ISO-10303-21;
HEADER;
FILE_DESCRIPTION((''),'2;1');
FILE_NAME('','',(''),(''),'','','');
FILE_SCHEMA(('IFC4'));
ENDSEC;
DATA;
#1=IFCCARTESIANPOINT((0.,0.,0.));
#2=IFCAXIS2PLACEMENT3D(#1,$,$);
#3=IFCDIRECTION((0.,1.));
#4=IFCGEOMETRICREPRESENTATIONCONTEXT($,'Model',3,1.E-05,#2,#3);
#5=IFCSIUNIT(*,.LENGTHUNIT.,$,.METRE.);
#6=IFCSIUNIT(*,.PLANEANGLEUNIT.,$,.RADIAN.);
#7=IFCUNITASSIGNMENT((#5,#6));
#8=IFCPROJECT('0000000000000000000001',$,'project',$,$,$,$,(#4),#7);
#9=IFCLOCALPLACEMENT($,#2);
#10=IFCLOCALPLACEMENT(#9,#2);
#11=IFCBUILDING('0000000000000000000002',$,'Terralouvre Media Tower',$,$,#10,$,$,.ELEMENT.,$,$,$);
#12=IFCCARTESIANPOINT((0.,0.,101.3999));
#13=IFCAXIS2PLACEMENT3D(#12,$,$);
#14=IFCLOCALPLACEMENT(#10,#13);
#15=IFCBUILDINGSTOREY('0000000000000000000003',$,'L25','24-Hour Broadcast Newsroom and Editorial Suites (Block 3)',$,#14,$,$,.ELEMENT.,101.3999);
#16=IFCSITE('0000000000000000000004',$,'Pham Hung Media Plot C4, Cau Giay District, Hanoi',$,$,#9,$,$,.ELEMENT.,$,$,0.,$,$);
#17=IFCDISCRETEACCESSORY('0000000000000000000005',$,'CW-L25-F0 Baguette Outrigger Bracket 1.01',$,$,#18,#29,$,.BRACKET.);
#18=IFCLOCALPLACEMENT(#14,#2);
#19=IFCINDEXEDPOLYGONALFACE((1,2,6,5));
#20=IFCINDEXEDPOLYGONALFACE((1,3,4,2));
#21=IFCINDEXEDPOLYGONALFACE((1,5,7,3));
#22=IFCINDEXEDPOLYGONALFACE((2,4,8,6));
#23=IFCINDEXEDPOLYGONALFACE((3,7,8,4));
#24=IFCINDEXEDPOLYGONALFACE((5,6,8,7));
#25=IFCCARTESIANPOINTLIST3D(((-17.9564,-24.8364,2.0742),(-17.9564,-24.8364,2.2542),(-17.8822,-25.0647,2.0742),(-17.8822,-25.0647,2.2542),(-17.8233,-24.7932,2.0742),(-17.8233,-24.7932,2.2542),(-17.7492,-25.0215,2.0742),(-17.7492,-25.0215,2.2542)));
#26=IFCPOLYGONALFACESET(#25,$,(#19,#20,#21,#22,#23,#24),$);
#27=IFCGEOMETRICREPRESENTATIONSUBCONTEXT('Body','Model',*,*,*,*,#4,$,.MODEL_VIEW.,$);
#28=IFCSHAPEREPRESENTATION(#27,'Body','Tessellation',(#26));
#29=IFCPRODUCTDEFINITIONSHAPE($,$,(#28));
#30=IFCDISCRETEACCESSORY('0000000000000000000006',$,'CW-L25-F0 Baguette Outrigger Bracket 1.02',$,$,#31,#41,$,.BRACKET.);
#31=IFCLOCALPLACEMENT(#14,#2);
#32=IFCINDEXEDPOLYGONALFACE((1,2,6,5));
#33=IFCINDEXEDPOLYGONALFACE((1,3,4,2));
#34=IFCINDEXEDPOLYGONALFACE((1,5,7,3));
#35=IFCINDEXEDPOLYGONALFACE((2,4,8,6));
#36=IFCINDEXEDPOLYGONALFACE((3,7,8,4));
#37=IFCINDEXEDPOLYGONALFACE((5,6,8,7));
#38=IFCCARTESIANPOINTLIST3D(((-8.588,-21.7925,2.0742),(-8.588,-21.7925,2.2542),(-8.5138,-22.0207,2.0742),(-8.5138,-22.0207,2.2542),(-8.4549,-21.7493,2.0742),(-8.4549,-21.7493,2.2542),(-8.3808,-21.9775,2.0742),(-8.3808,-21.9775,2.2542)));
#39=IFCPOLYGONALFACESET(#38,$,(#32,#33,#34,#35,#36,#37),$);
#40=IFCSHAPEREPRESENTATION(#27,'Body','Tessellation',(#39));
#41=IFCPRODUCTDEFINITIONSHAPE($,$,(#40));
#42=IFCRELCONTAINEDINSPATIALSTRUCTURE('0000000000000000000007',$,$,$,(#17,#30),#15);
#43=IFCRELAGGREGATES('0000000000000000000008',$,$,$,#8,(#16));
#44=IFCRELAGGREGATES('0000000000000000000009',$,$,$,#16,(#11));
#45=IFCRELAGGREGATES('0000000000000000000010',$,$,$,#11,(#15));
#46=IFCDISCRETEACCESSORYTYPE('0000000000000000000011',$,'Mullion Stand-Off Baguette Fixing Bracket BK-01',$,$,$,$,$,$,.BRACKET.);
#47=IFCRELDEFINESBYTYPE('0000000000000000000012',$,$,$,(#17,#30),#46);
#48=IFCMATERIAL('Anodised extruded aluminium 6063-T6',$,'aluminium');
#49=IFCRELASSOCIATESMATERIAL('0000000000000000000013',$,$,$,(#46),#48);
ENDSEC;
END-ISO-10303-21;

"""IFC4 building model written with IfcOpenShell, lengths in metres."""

from ifc_helpers import new_model, si_unit, direction, frame, origin, origin_2d, place, context, subcontext, project, spatial, rectangle, extrude, material, type_object, element, save


model = new_model("IFC4")

# Units and contexts
model_context = context("Model", 3, precision=1e-05, world=origin(), true_north=direction((0.0, 1.0)))
body_context = subcontext(model_context, "Body", "Model", "MODEL_VIEW")
ifc_project = project(units=[si_unit("LENGTHUNIT", "METRE"), si_unit("PLANEANGLEUNIT", "RADIAN")], contexts=[model_context])

# Site, building, storey
site_placement = place(None, origin())
site = spatial("IfcSite", under=ifc_project, at=site_placement, Name="Pham Hung Media Plot C4, Cau Giay District, Hanoi", CompositionType="ELEMENT", RefElevation=0.0)
building_placement = place(site_placement, origin())
building = spatial("IfcBuilding", under=site, at=building_placement, Name="Terralouvre Media Tower", CompositionType="ELEMENT")
storey_placement = place(building_placement, frame((0.0, 0.0, 101.3999)))
storey = spatial("IfcBuildingStorey", under=building, at=storey_placement, Name="L25", Description="24-Hour Broadcast Newsroom and Editorial Suites (Block 3)", CompositionType="ELEMENT", Elevation=101.3999)

# Discrete accessories
ifc_material_1 = material(Name="Anodised extruded aluminium 6063-T6", Category="aluminium")
discrete_accessory_type = type_object("IfcDiscreteAccessoryType", Name="Mullion Stand-Off Baguette Fixing Bracket BK-01", PredefinedType="BRACKET", material=ifc_material_1)
for number, where, z_axis, x_axis, name in (
    (1, (-17.8528, -24.929, 2.0742), (0.0, 0.0, 1.0), (0.951057, 0.309017, 0.0), "CW-L25-F0 Baguette Outrigger Bracket 1.01"),
    (2, (-8.4844, -21.885, 2.0742), (0.0, 0.0, 1.0), (0.951057, 0.309017, 0.0), "CW-L25-F0 Baguette Outrigger Bracket 1.02"),
):
    element("IfcDiscreteAccessory", number, at=place(storey_placement, frame(where, z_axis=z_axis, x_axis=x_axis)), inside=storey, type_object=discrete_accessory_type, Name=name, PredefinedType="BRACKET", context=body_context, shape_type="SweptSolid", body=[
        extrude(rectangle(XDim=0.1399, YDim=0.24, at=origin_2d()), origin(), (0.0, 0.0, 1.0), 0.1799),
    ])

save(model, "model.ifc")
